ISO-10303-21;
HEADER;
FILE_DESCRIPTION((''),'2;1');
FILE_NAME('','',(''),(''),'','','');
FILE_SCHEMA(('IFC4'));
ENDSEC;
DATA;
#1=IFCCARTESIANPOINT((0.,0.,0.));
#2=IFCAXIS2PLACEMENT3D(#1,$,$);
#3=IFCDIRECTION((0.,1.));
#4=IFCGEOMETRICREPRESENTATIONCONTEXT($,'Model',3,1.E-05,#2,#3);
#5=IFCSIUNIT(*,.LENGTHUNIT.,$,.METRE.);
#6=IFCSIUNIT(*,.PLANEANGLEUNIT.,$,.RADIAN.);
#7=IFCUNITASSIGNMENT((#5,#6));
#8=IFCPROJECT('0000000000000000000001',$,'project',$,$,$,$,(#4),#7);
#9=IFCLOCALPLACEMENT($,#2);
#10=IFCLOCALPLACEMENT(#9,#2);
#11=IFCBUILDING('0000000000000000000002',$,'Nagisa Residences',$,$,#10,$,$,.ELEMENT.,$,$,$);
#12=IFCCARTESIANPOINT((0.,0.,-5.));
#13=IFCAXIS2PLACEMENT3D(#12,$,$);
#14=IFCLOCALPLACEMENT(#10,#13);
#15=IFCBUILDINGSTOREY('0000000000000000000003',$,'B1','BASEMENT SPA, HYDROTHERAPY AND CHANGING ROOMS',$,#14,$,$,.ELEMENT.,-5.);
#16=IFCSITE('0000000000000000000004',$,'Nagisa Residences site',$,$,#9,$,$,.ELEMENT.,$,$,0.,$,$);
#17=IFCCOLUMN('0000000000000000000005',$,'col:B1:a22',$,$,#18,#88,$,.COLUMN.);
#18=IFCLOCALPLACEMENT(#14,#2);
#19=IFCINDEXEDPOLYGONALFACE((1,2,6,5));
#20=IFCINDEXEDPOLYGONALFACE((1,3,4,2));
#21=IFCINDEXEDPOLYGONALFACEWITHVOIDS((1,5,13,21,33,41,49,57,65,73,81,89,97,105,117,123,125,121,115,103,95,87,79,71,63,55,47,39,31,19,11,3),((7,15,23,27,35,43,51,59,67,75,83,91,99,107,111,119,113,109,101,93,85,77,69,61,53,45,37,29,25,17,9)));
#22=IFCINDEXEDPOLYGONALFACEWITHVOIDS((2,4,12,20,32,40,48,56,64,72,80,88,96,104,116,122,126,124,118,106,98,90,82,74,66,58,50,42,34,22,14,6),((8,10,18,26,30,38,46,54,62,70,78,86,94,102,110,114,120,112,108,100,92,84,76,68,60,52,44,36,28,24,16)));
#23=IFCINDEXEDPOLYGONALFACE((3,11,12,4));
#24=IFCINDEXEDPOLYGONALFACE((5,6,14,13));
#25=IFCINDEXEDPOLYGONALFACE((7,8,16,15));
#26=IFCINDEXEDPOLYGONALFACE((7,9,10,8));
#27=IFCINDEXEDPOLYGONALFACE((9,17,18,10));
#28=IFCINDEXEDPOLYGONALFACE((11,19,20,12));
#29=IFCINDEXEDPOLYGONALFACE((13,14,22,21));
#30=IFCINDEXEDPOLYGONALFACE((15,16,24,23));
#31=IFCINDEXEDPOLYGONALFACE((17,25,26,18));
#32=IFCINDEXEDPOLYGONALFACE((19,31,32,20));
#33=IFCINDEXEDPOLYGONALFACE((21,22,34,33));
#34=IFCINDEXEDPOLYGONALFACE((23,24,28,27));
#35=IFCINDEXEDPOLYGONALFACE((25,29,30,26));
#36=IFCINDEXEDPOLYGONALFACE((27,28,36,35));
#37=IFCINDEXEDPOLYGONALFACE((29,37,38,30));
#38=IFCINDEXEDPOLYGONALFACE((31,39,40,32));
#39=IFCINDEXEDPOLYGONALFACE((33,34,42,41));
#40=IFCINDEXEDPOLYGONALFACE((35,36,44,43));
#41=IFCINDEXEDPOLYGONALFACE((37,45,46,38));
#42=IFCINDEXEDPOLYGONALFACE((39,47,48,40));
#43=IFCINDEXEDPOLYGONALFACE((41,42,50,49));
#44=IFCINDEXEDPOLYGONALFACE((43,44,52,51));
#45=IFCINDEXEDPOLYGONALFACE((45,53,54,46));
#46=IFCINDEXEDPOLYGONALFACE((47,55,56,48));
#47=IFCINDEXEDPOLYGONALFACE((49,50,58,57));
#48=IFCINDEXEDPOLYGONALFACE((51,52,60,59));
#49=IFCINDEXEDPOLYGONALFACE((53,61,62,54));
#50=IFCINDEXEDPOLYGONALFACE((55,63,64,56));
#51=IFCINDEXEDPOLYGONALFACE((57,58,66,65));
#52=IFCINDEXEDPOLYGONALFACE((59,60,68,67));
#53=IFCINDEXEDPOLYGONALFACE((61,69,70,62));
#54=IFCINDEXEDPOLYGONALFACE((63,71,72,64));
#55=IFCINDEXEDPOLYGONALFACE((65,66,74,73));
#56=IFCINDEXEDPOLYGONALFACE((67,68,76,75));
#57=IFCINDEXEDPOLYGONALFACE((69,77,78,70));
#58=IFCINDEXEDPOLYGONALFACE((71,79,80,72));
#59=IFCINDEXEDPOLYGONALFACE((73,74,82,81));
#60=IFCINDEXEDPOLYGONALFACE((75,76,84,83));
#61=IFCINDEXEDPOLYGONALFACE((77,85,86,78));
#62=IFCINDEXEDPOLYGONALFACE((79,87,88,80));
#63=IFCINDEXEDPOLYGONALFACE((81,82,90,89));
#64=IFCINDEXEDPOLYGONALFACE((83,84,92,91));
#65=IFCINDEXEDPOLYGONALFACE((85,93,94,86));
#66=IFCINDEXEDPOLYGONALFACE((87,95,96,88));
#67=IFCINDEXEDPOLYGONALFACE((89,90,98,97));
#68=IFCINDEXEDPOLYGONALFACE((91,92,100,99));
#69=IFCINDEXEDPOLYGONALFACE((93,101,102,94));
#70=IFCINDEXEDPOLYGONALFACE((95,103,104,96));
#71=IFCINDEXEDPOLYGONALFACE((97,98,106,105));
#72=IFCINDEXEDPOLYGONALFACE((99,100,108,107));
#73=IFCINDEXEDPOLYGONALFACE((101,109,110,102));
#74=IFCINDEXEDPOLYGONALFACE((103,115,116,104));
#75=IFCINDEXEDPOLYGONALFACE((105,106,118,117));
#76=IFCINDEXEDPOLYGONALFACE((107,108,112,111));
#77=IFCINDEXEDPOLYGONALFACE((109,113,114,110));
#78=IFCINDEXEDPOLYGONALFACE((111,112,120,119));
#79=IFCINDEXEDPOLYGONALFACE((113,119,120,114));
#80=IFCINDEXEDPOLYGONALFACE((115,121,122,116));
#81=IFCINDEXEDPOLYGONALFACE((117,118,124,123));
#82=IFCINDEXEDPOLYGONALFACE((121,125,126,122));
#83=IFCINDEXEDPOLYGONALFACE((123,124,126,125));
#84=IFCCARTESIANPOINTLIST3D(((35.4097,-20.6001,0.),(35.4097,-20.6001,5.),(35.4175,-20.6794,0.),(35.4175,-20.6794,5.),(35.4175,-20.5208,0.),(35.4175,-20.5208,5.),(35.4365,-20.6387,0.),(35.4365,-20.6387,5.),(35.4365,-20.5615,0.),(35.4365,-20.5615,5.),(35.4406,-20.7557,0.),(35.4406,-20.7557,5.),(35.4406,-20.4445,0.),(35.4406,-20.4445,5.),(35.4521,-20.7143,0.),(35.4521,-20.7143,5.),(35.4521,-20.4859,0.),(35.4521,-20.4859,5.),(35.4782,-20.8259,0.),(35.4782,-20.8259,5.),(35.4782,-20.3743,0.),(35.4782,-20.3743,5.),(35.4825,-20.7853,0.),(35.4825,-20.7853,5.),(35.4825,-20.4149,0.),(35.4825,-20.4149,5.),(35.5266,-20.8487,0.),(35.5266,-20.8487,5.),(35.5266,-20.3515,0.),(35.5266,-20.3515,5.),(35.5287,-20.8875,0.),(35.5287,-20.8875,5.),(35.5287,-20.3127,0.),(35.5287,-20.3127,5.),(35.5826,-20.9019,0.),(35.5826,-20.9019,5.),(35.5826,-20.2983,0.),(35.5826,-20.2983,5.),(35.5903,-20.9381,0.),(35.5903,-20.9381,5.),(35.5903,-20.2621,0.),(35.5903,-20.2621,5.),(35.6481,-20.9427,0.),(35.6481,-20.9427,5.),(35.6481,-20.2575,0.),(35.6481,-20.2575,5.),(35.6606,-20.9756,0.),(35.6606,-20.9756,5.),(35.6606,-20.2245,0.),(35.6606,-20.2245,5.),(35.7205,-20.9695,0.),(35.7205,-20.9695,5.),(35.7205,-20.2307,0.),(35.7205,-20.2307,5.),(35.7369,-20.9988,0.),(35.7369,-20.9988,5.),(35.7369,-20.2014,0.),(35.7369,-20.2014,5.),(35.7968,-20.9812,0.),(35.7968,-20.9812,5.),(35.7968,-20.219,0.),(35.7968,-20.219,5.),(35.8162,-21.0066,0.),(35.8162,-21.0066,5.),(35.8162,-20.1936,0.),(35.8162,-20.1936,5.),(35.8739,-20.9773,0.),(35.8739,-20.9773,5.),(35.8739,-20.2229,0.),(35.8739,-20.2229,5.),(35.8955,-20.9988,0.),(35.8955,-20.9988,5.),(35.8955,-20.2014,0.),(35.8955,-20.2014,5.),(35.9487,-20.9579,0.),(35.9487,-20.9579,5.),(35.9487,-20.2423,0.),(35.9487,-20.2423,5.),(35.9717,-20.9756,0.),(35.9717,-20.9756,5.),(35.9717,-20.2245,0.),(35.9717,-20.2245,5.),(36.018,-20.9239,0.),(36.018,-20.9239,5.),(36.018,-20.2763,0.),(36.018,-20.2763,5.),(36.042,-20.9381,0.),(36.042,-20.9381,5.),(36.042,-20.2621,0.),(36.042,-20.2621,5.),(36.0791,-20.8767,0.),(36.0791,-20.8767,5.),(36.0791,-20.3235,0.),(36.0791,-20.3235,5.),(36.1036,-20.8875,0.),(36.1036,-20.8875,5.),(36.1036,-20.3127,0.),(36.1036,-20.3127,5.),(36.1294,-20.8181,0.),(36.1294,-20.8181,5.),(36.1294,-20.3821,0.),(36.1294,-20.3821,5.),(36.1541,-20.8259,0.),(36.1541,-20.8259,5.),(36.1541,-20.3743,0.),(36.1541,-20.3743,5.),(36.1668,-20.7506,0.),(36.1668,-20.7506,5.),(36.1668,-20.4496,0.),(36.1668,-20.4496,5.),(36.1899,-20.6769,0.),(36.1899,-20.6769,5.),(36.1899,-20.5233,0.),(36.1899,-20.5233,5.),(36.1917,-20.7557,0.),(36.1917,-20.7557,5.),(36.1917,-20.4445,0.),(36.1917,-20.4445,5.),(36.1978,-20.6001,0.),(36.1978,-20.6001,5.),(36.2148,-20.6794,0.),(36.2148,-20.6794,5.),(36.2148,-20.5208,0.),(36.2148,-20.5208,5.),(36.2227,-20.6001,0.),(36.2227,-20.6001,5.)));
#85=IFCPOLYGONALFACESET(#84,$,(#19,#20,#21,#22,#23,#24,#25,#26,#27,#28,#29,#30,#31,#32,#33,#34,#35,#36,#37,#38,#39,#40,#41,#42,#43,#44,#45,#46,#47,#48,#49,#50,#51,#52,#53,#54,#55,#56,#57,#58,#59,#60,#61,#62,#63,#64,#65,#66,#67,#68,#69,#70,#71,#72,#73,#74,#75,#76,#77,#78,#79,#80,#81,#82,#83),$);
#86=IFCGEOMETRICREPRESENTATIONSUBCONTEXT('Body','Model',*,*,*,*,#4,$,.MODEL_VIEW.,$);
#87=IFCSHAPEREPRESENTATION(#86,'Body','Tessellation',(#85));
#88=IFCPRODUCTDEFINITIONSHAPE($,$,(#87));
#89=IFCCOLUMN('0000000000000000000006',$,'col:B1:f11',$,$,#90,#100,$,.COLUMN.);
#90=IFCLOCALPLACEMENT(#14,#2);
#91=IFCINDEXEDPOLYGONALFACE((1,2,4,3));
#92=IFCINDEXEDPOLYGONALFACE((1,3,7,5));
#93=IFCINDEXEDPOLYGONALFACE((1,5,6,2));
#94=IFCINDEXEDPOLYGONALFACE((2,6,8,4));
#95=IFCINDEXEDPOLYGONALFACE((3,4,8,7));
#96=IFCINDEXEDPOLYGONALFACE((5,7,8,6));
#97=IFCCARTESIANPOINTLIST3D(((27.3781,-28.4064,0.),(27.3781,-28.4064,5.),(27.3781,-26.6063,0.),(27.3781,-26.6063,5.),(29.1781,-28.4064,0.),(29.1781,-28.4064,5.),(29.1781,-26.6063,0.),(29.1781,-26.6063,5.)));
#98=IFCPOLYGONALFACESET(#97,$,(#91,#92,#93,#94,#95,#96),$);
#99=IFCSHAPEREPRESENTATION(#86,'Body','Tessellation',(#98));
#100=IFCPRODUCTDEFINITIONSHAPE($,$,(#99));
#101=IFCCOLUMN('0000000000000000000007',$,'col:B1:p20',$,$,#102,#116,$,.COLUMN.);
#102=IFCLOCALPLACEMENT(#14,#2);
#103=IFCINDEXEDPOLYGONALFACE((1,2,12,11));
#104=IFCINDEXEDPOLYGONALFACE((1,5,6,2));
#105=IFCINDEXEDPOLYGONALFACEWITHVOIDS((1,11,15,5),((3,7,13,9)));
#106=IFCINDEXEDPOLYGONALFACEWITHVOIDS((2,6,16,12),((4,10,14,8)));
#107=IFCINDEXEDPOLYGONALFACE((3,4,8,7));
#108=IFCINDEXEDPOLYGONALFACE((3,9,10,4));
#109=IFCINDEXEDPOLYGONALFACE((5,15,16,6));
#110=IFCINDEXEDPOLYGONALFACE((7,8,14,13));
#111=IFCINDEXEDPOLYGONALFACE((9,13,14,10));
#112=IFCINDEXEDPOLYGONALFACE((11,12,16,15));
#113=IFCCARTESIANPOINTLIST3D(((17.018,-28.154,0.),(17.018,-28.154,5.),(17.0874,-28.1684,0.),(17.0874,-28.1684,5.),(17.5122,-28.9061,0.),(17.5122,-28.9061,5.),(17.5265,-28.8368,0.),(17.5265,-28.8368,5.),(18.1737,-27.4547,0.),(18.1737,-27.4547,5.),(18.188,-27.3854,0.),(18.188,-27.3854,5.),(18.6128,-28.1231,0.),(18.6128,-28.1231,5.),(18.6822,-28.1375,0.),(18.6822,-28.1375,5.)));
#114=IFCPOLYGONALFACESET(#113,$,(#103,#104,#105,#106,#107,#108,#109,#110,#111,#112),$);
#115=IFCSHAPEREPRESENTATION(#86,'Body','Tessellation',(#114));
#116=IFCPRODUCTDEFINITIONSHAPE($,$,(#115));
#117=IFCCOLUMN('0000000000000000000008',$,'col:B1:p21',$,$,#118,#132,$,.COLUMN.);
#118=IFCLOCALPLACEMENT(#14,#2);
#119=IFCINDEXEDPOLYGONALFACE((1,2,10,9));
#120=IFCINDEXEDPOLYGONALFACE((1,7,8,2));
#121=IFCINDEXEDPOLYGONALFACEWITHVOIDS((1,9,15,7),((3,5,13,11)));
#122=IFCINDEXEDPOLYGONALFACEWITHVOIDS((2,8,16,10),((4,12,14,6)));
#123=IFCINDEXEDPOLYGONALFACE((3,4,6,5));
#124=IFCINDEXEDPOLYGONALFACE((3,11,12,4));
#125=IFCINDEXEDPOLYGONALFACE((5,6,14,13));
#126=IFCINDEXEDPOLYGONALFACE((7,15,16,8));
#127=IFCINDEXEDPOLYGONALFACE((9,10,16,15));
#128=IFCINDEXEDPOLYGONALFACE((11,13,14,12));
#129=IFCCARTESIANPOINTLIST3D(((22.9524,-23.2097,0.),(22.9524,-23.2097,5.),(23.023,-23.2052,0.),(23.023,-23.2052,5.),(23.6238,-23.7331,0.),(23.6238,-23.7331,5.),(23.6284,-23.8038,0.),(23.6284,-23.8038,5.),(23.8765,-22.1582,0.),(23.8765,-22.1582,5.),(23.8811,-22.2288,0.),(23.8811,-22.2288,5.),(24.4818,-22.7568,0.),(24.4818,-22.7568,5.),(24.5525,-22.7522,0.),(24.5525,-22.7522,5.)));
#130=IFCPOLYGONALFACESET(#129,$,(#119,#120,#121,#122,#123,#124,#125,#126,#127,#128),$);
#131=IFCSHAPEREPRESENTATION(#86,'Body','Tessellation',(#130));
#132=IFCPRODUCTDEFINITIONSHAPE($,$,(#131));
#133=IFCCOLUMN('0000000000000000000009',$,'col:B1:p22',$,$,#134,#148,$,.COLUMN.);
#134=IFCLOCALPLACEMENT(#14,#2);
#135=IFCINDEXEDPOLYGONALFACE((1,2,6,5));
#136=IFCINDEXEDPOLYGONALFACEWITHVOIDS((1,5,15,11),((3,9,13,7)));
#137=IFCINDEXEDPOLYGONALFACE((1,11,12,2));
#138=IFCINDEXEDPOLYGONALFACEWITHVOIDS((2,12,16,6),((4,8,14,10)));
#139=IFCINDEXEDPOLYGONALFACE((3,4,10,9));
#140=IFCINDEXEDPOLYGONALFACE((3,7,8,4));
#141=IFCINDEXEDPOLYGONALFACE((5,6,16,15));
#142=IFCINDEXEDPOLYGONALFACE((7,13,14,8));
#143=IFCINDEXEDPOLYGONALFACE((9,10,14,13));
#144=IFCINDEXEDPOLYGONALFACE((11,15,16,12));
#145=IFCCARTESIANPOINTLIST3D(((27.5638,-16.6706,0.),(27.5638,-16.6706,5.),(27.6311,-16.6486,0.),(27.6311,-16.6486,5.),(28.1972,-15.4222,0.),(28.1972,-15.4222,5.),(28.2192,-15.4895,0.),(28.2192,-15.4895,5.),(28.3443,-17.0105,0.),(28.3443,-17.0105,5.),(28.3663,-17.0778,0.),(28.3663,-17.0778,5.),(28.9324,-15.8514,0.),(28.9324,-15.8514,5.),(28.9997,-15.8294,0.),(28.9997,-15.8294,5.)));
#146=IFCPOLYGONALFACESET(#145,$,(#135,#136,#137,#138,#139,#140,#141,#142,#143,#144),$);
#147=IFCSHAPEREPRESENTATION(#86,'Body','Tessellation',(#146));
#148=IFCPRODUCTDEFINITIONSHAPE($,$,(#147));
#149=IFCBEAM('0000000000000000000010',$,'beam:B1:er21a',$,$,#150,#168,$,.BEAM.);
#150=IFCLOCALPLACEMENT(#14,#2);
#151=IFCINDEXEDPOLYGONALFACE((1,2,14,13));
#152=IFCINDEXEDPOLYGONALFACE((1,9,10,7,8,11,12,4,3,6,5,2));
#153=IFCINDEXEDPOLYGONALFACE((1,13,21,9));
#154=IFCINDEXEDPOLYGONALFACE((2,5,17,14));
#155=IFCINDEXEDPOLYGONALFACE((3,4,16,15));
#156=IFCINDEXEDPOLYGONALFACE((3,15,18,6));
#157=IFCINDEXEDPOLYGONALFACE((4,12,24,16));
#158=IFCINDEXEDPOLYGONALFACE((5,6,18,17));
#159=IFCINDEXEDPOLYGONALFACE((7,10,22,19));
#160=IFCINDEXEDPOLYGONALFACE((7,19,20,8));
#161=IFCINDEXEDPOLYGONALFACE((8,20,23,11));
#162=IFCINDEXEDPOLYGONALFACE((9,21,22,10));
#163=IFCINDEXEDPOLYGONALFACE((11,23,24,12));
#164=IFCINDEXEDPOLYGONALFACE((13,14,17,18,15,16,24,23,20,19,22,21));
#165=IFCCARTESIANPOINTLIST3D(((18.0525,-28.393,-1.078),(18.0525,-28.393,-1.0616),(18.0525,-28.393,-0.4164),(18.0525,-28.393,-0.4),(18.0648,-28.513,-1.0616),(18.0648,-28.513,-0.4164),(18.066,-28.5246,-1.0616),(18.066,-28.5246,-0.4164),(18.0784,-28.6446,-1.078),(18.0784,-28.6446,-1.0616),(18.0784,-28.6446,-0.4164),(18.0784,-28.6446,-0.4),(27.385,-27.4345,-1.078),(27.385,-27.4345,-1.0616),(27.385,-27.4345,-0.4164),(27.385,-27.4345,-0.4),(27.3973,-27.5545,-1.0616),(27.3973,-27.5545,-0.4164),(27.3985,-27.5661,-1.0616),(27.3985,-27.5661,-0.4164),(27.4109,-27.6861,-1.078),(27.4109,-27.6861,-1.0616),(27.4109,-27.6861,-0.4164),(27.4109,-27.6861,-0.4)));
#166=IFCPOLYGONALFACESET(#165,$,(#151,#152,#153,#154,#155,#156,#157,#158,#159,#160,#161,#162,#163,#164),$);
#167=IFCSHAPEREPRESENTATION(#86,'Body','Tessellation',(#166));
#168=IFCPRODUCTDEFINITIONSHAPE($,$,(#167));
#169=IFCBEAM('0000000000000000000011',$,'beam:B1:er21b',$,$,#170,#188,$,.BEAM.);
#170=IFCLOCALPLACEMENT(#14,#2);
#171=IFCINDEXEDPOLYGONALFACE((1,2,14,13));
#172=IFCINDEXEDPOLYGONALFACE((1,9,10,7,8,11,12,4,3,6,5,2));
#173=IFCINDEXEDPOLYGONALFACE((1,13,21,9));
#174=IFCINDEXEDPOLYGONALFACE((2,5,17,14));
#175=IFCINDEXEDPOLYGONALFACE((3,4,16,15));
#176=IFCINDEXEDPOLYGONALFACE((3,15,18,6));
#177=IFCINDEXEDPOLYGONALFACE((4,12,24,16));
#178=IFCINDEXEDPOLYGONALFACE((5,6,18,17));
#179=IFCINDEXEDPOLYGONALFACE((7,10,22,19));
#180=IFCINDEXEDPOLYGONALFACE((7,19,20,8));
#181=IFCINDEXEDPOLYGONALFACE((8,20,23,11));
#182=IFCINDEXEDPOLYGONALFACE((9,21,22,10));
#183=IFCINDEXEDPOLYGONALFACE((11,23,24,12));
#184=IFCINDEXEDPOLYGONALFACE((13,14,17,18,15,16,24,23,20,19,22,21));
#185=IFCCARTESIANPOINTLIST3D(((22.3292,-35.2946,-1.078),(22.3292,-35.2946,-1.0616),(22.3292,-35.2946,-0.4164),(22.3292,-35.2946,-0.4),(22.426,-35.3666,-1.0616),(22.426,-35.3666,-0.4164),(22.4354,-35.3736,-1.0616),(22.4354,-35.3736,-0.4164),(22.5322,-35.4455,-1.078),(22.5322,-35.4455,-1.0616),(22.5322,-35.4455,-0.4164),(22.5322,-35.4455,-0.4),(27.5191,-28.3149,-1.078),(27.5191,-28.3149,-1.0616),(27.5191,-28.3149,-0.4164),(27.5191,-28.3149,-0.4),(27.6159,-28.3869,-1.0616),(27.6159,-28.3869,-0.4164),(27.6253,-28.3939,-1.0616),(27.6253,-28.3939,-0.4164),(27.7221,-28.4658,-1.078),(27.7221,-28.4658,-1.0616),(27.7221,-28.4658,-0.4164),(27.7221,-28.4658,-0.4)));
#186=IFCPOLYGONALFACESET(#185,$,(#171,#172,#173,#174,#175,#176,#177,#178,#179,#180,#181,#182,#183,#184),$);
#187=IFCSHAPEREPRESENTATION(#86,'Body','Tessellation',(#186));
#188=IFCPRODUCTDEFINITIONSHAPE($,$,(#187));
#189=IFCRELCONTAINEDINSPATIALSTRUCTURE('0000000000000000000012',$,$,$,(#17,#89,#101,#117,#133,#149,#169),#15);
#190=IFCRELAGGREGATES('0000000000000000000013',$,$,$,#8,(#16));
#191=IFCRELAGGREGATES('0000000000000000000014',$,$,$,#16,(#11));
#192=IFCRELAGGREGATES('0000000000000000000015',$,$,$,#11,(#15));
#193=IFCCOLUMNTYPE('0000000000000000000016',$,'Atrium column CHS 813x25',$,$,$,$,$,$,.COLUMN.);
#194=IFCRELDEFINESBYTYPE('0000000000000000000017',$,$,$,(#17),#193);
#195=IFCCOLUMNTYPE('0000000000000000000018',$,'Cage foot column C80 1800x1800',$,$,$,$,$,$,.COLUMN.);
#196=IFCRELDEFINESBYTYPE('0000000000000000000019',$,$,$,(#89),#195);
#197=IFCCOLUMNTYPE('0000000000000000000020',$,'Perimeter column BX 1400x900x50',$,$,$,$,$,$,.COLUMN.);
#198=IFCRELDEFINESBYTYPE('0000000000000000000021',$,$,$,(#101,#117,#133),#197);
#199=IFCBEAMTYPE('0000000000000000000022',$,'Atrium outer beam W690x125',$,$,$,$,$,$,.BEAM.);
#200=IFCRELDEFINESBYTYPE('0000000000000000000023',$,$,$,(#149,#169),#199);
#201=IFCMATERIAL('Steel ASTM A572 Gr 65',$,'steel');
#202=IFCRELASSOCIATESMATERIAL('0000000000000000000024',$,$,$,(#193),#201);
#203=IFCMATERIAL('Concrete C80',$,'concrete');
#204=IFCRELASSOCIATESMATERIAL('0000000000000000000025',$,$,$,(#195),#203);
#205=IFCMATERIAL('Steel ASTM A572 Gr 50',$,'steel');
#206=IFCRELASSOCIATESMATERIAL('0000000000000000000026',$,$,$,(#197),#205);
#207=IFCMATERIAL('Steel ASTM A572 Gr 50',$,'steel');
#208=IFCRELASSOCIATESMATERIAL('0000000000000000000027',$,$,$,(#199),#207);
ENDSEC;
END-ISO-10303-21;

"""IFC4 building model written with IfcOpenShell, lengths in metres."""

from ifc_helpers import new_model, si_unit, direction, frame, origin, origin_2d, place, context, subcontext, project, spatial, rectangle, hollow_rectangle, hollow_circle, i_section, extrude, material, material_profile, profile_set, type_object, element, save


model = new_model("IFC4")

# Units and contexts
model_context = context("Model", 3, precision=1e-05, world=origin(), true_north=direction((0.0, 1.0)))
body_context = subcontext(model_context, "Body", "Model", "MODEL_VIEW")
ifc_project = project(units=[si_unit("LENGTHUNIT", "METRE"), si_unit("PLANEANGLEUNIT", "RADIAN")], contexts=[model_context])

# Site, building, storey
site_placement = place(None, origin())
site = spatial("IfcSite", under=ifc_project, at=site_placement, Name="Nagisa Residences site", CompositionType="ELEMENT", RefElevation=0.0)
building_placement = place(site_placement, origin())
building = spatial("IfcBuilding", under=site, at=building_placement, Name="Nagisa Residences", CompositionType="ELEMENT")
storey_placement = place(building_placement, frame((0.0, 0.0, -5.0)))
storey = spatial("IfcBuildingStorey", under=building, at=storey_placement, Name="B1", Description="BASEMENT SPA, HYDROTHERAPY AND CHANGING ROOMS", CompositionType="ELEMENT", Elevation=-5.0)

# Columns
ifc_material_1 = material(Name="Steel ASTM A572 Gr 65", Category="steel")
ifc_material_profile_1 = material_profile(ifc_material_1, hollow_circle(Radius=0.4065, WallThickness=0.0249, at=origin_2d()), Name="CHS 813x25")
ifc_profile_set_1 = profile_set([ifc_material_profile_1], Name="Steel ASTM A572 Gr 65")
column_type_1 = type_object("IfcColumnType", Name="Atrium column CHS 813x25", PredefinedType="COLUMN", material=ifc_profile_set_1)
for number, where, z_axis, x_axis, name in (
    (1, (35.8162, -20.6001, 0.0), (0.0, 0.0, 1.0), (1.0, 0.0, 0.0), "col:B1:a22"),
):
    element("IfcColumn", number, at=place(storey_placement, frame(where, z_axis=z_axis, x_axis=x_axis)), inside=storey, type_object=column_type_1, Name=name, PredefinedType="COLUMN", context=body_context, shape_type="SweptSolid", body=[
        extrude(hollow_circle(Radius=0.4065, WallThickness=0.0249, at=origin_2d()), origin(), (0.0, 0.0, 1.0), 5.0),
    ])
ifc_material_2 = material(Name="Concrete C80", Category="concrete")
ifc_material_profile_2 = material_profile(ifc_material_2, rectangle(XDim=1.8, YDim=1.8, at=origin_2d()), Name="C80 1800x1800")
ifc_profile_set_2 = profile_set([ifc_material_profile_2], Name="Concrete C80")
column_type_2 = type_object("IfcColumnType", Name="Cage foot column C80 1800x1800", PredefinedType="COLUMN", material=ifc_profile_set_2)
column_placement = place(storey_placement, frame((28.2781, -27.5063, 0.0), z_axis=(0.0, 0.0, 1.0), x_axis=(1.0, 0.0, 0.0)))
element("IfcColumn", 2, at=column_placement, inside=storey, type_object=column_type_2, Name="col:B1:f11", PredefinedType="COLUMN", context=body_context, shape_type="SweptSolid", body=[
    extrude(rectangle(XDim=1.8, YDim=1.8, at=origin_2d()), origin(), (0.0, 0.0, 1.0), 5.0),
])
ifc_material_3 = material(Name="Steel ASTM A572 Gr 50", Category="steel")
ifc_material_profile_3 = material_profile(ifc_material_3, hollow_rectangle(XDim=1.3999, YDim=0.8999, WallThickness=0.05, at=origin_2d()), Name="BX 1400x900x50")
ifc_profile_set_3 = profile_set([ifc_material_profile_3], Name="Steel ASTM A572 Gr 50")
column_type_3 = type_object("IfcColumnType", Name="Perimeter column BX 1400x900x50", PredefinedType="COLUMN", material=ifc_profile_set_3)
for number, where, z_axis, x_axis, name in (
    (3, (17.8501, -28.1458, 0.0), (0.0, 0.0, 1.0), (0.835766, 0.549086, 0.0), "col:B1:p20"),
    (4, (23.7524, -22.981, 0.0), (0.0, 0.0, 1.0), (0.660115, 0.751165, 0.0), "col:B1:p21"),
    (5, (28.2817, -16.25, 0.0), (0.0, 0.0, 1.0), (0.452463, 0.891783, 0.0), "col:B1:p22"),
):
    element("IfcColumn", number, at=place(storey_placement, frame(where, z_axis=z_axis, x_axis=x_axis)), inside=storey, type_object=column_type_3, Name=name, PredefinedType="COLUMN", context=body_context, shape_type="SweptSolid", body=[
        extrude(hollow_rectangle(XDim=1.3999, YDim=0.8999, WallThickness=0.05, at=origin_2d()), origin(), (0.0, 0.0, 1.0), 5.0),
    ])

# Beams
ifc_material_4 = material(Name="Steel ASTM A572 Gr 50", Category="steel")
ifc_material_profile_4 = material_profile(ifc_material_4, i_section(OverallWidth=0.2529, OverallDepth=0.678, WebThickness=0.0117, FlangeThickness=0.0164, at=origin_2d()), Name="W690x125")
ifc_profile_set_4 = profile_set([ifc_material_profile_4], Name="Steel ASTM A572 Gr 50")
beam_type_1 = type_object("IfcBeamType", Name="Atrium outer beam W690x125", PredefinedType="BEAM", material=ifc_profile_set_4)
beam_1_placement = place(storey_placement, frame((18.0654, -28.5188, -0.739), z_axis=(0.994767, 0.102168, 0.0), x_axis=(-0.102168, 0.994767, 0.0)))
element("IfcBeam", 6, at=beam_1_placement, inside=storey, type_object=beam_type_1, Name="beam:B1:er21a", PredefinedType="BEAM", context=body_context, shape_type="SweptSolid", body=[
    extrude(i_section(OverallWidth=0.2529, OverallDepth=0.678, WebThickness=0.0117, FlangeThickness=0.0164, at=origin_2d()), origin(), (0.0, 0.0, 1.0), 9.3816),
])
beam_2_placement = place(storey_placement, frame((27.6206, -28.3904, -0.739), z_axis=(-0.596694, -0.802469, 0.0), x_axis=(0.802469, -0.596694, 0.0)))
element("IfcBeam", 7, at=beam_2_placement, inside=storey, type_object=beam_type_1, Name="beam:B1:er21b", PredefinedType="BEAM", context=body_context, shape_type="SweptSolid", body=[
    extrude(i_section(OverallWidth=0.2529, OverallDepth=0.678, WebThickness=0.0117, FlangeThickness=0.0164, at=origin_2d()), origin(), (0.0, 0.0, 1.0), 8.6978),
])

save(model, "model.ifc")
